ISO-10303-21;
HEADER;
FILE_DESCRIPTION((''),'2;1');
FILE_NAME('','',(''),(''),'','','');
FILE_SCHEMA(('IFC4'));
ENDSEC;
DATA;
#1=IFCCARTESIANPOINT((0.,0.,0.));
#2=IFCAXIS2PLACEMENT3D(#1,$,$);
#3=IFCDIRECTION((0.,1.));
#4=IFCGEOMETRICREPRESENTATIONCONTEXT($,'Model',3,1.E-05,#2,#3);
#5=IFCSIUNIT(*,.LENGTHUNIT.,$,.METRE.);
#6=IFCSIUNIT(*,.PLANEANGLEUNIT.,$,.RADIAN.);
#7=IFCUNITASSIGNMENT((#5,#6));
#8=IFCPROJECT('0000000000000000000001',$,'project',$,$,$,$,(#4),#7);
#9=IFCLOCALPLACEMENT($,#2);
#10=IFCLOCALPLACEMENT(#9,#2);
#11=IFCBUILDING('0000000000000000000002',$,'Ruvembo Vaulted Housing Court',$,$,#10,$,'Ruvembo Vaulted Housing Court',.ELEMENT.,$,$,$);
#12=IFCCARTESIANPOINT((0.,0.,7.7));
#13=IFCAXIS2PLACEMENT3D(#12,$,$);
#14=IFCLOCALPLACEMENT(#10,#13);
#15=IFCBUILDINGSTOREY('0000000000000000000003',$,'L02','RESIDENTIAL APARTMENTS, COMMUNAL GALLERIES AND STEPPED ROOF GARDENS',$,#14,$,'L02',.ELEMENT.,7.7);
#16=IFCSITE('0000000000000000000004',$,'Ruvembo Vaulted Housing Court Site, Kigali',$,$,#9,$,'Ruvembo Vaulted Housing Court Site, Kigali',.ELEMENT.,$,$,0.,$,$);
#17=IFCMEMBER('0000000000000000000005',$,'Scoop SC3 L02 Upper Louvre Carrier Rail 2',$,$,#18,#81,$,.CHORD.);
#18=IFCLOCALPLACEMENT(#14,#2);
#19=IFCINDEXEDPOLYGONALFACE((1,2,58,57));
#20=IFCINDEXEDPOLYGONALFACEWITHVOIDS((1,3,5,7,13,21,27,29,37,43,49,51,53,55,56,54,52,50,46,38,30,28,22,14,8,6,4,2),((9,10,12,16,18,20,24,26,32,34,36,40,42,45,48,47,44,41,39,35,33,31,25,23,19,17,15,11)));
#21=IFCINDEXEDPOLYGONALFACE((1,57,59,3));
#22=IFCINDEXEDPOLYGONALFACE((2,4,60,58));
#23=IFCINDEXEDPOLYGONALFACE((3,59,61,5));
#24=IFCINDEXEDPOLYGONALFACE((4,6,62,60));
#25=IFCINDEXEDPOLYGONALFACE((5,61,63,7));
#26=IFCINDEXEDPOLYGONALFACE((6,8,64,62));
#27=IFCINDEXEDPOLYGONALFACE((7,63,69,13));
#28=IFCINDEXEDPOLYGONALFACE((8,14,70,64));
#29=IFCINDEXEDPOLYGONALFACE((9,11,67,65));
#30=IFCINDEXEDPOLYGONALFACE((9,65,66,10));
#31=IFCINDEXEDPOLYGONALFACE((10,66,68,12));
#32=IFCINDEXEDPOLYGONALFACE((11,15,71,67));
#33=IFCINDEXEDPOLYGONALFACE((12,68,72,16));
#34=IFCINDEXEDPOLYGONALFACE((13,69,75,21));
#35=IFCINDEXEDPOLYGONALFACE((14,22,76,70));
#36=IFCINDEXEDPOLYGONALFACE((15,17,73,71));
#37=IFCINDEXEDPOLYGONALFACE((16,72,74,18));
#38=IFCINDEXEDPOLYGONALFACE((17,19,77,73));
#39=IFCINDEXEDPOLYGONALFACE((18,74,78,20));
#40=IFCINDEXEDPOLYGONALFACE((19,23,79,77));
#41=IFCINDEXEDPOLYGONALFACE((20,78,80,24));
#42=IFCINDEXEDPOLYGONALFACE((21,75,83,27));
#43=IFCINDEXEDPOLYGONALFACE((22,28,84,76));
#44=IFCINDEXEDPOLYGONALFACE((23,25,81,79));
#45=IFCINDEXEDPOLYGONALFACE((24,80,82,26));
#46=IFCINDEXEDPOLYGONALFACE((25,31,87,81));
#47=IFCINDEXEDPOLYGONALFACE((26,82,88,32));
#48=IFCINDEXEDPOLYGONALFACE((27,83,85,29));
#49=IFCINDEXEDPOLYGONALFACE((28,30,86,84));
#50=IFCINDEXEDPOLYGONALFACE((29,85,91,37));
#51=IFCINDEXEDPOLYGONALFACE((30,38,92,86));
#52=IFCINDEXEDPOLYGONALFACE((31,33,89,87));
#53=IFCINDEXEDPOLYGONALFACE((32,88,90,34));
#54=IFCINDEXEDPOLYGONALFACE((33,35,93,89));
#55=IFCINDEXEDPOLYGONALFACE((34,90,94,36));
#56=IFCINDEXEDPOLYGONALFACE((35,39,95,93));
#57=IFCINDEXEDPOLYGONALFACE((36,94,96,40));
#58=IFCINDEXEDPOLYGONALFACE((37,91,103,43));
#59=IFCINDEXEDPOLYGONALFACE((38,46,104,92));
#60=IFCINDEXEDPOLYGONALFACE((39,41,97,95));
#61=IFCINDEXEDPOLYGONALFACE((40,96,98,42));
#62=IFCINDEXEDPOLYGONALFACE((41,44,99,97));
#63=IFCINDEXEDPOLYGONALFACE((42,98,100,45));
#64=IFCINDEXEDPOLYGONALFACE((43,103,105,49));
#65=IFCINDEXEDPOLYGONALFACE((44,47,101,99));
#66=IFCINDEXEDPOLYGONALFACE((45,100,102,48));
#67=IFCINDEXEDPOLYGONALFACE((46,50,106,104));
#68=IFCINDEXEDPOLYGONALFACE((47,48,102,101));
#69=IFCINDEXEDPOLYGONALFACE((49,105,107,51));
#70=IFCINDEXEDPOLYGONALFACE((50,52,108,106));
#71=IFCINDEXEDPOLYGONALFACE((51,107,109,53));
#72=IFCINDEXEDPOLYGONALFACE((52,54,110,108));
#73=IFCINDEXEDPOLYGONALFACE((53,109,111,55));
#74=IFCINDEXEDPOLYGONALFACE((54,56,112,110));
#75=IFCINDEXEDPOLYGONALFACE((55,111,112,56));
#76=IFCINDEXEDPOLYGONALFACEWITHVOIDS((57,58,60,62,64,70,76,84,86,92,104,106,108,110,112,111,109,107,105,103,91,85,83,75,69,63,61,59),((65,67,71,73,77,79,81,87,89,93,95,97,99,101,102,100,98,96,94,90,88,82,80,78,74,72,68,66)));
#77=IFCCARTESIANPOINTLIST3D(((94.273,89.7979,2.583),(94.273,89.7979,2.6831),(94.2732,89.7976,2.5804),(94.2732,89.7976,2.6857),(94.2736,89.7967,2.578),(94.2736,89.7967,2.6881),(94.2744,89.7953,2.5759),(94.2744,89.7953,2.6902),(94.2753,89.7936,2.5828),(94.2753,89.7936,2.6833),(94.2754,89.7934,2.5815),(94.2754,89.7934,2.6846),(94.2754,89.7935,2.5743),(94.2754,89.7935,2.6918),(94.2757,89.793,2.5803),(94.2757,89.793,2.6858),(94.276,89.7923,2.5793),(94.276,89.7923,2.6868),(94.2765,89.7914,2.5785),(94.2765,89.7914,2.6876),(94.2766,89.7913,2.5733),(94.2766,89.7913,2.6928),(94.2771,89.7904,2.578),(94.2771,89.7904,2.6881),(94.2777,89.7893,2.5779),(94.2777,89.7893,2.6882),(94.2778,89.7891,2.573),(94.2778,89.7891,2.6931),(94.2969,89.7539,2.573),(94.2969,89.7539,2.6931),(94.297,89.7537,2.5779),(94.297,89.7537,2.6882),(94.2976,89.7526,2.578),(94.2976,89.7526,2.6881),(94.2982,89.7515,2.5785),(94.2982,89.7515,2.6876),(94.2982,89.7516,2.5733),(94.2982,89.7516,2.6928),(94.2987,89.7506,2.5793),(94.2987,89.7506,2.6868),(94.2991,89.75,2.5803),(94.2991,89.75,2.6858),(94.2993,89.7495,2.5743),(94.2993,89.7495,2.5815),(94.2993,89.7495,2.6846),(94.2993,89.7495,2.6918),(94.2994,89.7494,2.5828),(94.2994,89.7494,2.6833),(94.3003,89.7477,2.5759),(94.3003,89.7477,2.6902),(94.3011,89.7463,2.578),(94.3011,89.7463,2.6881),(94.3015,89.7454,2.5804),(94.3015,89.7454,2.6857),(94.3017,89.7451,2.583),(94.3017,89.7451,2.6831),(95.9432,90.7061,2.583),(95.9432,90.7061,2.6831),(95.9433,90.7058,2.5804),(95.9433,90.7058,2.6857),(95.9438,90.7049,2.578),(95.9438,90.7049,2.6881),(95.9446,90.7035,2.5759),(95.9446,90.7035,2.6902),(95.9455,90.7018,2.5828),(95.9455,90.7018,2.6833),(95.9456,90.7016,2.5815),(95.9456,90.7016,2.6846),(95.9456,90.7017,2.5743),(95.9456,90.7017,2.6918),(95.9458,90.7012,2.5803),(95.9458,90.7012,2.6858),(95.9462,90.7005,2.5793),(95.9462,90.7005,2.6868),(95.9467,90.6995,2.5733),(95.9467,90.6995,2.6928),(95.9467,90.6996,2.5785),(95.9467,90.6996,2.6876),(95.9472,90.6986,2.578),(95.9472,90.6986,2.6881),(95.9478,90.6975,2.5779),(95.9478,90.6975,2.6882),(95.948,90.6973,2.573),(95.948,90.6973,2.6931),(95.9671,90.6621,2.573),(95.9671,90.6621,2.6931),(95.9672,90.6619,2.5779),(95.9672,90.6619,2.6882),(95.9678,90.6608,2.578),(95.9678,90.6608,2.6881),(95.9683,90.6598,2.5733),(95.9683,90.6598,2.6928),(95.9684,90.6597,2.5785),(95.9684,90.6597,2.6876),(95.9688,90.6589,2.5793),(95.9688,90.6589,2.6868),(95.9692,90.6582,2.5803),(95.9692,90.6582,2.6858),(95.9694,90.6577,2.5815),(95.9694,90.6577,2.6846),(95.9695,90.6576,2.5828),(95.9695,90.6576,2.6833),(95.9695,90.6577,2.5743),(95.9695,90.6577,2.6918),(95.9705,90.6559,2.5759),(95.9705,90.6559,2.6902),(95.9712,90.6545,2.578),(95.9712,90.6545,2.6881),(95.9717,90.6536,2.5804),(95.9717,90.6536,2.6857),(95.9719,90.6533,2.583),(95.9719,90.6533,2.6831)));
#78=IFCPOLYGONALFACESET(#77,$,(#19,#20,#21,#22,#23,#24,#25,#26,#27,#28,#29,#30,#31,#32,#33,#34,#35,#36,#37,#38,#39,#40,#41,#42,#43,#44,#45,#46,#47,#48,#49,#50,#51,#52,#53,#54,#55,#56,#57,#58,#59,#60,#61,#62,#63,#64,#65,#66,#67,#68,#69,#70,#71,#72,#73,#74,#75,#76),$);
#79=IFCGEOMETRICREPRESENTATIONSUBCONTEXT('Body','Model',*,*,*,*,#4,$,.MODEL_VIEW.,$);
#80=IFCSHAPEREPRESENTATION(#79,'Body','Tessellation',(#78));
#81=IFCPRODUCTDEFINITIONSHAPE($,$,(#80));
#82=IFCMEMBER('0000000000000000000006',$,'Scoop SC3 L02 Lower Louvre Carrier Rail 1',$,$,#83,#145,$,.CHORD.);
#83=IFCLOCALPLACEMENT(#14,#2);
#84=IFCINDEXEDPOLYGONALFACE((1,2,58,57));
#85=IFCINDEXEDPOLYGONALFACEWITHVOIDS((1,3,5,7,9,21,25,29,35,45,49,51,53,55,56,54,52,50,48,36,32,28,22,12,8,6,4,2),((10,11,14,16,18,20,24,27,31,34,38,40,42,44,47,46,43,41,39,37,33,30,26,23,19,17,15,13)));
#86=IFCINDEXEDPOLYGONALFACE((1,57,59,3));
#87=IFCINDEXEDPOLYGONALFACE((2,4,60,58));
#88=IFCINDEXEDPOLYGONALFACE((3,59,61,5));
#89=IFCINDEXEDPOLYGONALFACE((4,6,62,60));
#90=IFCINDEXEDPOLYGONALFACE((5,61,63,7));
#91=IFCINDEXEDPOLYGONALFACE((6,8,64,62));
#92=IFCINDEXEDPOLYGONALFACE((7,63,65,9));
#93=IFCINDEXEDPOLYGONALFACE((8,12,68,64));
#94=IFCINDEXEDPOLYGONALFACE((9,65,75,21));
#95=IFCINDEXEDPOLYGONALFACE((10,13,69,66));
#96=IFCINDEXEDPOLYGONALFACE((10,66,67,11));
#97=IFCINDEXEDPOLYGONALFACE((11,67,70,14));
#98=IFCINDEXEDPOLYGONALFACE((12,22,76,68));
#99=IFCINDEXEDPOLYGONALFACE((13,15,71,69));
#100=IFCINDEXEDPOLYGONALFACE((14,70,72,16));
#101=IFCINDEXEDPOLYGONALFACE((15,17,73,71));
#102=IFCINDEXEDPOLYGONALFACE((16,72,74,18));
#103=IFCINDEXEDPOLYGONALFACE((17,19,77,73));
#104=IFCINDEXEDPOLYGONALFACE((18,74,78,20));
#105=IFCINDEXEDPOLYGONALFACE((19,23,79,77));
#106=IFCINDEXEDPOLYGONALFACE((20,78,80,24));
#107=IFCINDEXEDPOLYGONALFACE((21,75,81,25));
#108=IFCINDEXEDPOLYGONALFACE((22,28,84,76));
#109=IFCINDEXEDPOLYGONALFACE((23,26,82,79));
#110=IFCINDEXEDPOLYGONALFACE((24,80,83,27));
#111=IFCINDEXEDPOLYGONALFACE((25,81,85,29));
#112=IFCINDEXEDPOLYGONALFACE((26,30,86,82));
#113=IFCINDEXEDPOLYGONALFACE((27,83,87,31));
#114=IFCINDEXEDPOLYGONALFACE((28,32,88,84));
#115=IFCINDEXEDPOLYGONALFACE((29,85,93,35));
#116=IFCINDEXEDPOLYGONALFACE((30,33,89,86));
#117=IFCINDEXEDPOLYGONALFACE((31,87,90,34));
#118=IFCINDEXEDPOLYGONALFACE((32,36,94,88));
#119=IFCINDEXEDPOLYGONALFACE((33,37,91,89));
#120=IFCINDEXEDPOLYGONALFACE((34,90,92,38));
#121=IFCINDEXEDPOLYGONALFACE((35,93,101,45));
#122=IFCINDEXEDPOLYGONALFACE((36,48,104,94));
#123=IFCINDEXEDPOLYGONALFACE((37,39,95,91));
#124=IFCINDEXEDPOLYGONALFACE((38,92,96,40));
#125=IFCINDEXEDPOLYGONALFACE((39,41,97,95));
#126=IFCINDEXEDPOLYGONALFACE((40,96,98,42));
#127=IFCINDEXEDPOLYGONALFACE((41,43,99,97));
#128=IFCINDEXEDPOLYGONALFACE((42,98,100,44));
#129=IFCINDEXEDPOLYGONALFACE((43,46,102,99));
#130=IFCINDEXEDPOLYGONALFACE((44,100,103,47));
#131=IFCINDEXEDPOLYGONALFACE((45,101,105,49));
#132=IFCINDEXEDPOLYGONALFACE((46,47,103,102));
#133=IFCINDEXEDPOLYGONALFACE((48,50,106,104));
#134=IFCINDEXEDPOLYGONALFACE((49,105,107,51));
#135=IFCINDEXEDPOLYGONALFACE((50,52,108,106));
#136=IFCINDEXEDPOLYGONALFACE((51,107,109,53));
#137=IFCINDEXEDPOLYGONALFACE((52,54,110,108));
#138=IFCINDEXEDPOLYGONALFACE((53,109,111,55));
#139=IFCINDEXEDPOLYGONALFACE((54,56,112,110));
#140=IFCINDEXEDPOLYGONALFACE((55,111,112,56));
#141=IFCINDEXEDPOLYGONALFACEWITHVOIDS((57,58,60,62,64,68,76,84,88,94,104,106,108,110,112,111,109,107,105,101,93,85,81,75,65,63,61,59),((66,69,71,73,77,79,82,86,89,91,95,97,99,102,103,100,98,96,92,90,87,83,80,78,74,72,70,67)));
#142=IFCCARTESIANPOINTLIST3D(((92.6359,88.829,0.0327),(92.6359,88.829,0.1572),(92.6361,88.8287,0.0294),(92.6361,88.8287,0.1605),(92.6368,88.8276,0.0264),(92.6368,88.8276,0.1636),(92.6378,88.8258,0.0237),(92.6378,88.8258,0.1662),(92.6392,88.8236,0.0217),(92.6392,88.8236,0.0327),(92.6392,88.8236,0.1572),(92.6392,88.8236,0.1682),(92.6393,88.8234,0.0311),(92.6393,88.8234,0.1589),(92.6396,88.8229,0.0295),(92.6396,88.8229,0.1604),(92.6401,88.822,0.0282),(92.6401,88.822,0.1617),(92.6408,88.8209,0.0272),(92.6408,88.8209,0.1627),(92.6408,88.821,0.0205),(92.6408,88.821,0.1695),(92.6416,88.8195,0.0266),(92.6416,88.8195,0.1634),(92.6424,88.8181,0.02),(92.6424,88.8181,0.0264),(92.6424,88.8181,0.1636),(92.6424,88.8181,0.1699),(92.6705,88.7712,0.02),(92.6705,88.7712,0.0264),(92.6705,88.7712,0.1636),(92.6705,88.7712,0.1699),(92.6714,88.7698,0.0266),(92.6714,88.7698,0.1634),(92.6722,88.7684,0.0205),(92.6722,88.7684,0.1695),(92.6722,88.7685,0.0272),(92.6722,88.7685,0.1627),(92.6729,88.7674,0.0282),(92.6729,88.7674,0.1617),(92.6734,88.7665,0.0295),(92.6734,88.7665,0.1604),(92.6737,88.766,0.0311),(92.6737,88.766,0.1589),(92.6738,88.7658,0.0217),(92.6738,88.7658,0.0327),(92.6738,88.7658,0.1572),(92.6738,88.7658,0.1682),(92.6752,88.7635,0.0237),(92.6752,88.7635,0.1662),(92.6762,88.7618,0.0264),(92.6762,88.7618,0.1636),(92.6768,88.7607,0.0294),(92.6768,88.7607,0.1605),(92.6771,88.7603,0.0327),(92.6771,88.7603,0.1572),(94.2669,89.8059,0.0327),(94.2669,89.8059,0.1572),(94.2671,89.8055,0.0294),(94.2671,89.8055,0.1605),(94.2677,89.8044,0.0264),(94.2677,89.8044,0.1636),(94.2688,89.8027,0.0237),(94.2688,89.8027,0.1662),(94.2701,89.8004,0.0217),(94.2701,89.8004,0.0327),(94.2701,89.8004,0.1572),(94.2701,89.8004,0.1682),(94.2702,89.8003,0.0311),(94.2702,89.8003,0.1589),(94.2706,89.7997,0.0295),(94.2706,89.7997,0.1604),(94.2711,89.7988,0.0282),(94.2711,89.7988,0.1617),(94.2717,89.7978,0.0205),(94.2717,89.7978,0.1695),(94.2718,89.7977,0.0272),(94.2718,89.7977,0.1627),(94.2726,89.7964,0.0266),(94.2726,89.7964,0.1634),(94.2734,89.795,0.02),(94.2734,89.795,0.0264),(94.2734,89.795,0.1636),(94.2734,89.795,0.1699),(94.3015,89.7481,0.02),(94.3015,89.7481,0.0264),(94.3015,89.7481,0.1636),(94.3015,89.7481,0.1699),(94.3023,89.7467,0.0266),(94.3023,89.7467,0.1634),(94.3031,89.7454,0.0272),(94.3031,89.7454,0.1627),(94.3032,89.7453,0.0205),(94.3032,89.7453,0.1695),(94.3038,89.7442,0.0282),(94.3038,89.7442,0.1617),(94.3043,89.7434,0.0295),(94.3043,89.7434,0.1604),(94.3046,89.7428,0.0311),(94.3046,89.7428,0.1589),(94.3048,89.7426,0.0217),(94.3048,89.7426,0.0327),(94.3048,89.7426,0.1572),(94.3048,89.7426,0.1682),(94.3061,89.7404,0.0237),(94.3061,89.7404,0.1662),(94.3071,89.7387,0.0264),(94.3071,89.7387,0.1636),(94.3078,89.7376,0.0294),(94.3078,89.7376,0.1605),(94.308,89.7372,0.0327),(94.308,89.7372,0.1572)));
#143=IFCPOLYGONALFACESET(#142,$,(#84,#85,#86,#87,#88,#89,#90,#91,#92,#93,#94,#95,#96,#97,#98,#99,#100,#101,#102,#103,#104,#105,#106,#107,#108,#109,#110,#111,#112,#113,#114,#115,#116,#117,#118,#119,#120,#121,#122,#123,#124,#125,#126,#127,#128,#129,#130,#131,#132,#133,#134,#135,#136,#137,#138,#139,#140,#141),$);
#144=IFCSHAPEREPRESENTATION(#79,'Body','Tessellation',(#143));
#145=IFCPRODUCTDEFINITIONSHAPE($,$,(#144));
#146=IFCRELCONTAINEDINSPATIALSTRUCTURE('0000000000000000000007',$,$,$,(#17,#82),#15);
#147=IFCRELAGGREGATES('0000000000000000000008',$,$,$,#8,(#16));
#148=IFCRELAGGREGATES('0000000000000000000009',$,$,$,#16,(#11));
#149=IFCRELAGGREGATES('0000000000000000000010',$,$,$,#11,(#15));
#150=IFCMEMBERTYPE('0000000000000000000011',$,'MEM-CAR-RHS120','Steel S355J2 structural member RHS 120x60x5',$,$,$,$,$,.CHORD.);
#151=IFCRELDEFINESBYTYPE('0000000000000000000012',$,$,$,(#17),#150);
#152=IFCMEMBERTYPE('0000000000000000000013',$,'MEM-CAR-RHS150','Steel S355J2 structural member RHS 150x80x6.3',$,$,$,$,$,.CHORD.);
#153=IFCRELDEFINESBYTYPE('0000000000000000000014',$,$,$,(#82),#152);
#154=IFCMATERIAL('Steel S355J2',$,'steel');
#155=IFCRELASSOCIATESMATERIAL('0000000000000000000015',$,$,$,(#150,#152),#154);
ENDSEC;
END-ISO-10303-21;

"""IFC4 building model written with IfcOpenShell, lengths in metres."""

from ifc_helpers import new_model, si_unit, direction, frame, origin, origin_2d, place, context, subcontext, project, spatial, hollow_rectangle, extrude, material, material_profile, profile_set, type_object, element, save


model = new_model("IFC4")

# Units and contexts
model_context = context("Model", 3, precision=1e-05, world=origin(), true_north=direction((0.0, 1.0)))
body_context = subcontext(model_context, "Body", "Model", "MODEL_VIEW")
ifc_project = project(units=[si_unit("LENGTHUNIT", "METRE"), si_unit("PLANEANGLEUNIT", "RADIAN")], contexts=[model_context])

# Site, building, storey
site_placement = place(None, origin())
site = spatial("IfcSite", under=ifc_project, at=site_placement, Name="Ruvembo Vaulted Housing Court Site, Kigali", LongName="Ruvembo Vaulted Housing Court Site, Kigali", CompositionType="ELEMENT", RefElevation=0.0)
building_placement = place(site_placement, origin())
building = spatial("IfcBuilding", under=site, at=building_placement, Name="Ruvembo Vaulted Housing Court", LongName="Ruvembo Vaulted Housing Court", CompositionType="ELEMENT")
storey_placement = place(building_placement, frame((0.0, 0.0, 7.7)))
storey = spatial("IfcBuildingStorey", under=building, at=storey_placement, Name="L02", Description="RESIDENTIAL APARTMENTS, COMMUNAL GALLERIES AND STEPPED ROOF GARDENS", LongName="L02", CompositionType="ELEMENT", Elevation=7.7)

# Shared definitions
ifc_material_1 = material(Name="Steel S355J2", Category="steel")

# Members
ifc_material_profile_1 = material_profile(ifc_material_1, hollow_rectangle(XDim=0.0601, YDim=0.1201, WallThickness=0.0049, InnerFilletRadius=0.0049, OuterFilletRadius=0.01, at=origin_2d()), Name="RHS 120x60x5")
ifc_profile_set_1 = profile_set([ifc_material_profile_1], Name="Steel S355J2")
member_type_1 = type_object("IfcMemberType", Name="MEM-CAR-RHS120", Description="Steel S355J2 structural member RHS 120x60x5", PredefinedType="CHORD", material=ifc_profile_set_1)
for number, where, z_axis, x_axis, name in (
    (1, (94.2874, 89.7715, 2.6331), (0.878513, 0.477718, 0.0), (-0.477718, 0.878513, 0.0), "Scoop SC3 L02 Upper Louvre Carrier Rail 2"),
):
    element("IfcMember", number, at=place(storey_placement, frame(where, z_axis=z_axis, x_axis=x_axis)), inside=storey, type_object=member_type_1, Name=name, PredefinedType="CHORD", context=body_context, shape_type="SweptSolid", body=[
        extrude(hollow_rectangle(XDim=0.0601, YDim=0.1201, WallThickness=0.0049, InnerFilletRadius=0.0049, OuterFilletRadius=0.01, at=origin_2d()), origin(), (0.0, 0.0, 1.0), 1.9011),
    ])
ifc_material_profile_2 = material_profile(ifc_material_1, hollow_rectangle(XDim=0.0801, YDim=0.1499, WallThickness=0.0063, InnerFilletRadius=0.0063, OuterFilletRadius=0.0127, at=origin_2d()), Name="RHS 150x80x6.3")
ifc_profile_set_2 = profile_set([ifc_material_profile_2], Name="Steel S355J2")
member_type_2 = type_object("IfcMemberType", Name="MEM-CAR-RHS150", Description="Steel S355J2 structural member RHS 150x80x6.3", PredefinedType="CHORD", material=ifc_profile_set_2)
for number, where, z_axis, x_axis, name in (
    (2, (92.6565, 88.7947, 0.095), (0.857889, 0.513835, 0.0), (-0.513835, 0.857889, 0.0), "Scoop SC3 L02 Lower Louvre Carrier Rail 1"),
):
    element("IfcMember", number, at=place(storey_placement, frame(where, z_axis=z_axis, x_axis=x_axis)), inside=storey, type_object=member_type_2, Name=name, PredefinedType="CHORD", context=body_context, shape_type="SweptSolid", body=[
        extrude(hollow_rectangle(XDim=0.0801, YDim=0.1499, WallThickness=0.0063, InnerFilletRadius=0.0063, OuterFilletRadius=0.0127, at=origin_2d()), origin(), (0.0, 0.0, 1.0), 1.9011),
    ])

save(model, "model.ifc")
